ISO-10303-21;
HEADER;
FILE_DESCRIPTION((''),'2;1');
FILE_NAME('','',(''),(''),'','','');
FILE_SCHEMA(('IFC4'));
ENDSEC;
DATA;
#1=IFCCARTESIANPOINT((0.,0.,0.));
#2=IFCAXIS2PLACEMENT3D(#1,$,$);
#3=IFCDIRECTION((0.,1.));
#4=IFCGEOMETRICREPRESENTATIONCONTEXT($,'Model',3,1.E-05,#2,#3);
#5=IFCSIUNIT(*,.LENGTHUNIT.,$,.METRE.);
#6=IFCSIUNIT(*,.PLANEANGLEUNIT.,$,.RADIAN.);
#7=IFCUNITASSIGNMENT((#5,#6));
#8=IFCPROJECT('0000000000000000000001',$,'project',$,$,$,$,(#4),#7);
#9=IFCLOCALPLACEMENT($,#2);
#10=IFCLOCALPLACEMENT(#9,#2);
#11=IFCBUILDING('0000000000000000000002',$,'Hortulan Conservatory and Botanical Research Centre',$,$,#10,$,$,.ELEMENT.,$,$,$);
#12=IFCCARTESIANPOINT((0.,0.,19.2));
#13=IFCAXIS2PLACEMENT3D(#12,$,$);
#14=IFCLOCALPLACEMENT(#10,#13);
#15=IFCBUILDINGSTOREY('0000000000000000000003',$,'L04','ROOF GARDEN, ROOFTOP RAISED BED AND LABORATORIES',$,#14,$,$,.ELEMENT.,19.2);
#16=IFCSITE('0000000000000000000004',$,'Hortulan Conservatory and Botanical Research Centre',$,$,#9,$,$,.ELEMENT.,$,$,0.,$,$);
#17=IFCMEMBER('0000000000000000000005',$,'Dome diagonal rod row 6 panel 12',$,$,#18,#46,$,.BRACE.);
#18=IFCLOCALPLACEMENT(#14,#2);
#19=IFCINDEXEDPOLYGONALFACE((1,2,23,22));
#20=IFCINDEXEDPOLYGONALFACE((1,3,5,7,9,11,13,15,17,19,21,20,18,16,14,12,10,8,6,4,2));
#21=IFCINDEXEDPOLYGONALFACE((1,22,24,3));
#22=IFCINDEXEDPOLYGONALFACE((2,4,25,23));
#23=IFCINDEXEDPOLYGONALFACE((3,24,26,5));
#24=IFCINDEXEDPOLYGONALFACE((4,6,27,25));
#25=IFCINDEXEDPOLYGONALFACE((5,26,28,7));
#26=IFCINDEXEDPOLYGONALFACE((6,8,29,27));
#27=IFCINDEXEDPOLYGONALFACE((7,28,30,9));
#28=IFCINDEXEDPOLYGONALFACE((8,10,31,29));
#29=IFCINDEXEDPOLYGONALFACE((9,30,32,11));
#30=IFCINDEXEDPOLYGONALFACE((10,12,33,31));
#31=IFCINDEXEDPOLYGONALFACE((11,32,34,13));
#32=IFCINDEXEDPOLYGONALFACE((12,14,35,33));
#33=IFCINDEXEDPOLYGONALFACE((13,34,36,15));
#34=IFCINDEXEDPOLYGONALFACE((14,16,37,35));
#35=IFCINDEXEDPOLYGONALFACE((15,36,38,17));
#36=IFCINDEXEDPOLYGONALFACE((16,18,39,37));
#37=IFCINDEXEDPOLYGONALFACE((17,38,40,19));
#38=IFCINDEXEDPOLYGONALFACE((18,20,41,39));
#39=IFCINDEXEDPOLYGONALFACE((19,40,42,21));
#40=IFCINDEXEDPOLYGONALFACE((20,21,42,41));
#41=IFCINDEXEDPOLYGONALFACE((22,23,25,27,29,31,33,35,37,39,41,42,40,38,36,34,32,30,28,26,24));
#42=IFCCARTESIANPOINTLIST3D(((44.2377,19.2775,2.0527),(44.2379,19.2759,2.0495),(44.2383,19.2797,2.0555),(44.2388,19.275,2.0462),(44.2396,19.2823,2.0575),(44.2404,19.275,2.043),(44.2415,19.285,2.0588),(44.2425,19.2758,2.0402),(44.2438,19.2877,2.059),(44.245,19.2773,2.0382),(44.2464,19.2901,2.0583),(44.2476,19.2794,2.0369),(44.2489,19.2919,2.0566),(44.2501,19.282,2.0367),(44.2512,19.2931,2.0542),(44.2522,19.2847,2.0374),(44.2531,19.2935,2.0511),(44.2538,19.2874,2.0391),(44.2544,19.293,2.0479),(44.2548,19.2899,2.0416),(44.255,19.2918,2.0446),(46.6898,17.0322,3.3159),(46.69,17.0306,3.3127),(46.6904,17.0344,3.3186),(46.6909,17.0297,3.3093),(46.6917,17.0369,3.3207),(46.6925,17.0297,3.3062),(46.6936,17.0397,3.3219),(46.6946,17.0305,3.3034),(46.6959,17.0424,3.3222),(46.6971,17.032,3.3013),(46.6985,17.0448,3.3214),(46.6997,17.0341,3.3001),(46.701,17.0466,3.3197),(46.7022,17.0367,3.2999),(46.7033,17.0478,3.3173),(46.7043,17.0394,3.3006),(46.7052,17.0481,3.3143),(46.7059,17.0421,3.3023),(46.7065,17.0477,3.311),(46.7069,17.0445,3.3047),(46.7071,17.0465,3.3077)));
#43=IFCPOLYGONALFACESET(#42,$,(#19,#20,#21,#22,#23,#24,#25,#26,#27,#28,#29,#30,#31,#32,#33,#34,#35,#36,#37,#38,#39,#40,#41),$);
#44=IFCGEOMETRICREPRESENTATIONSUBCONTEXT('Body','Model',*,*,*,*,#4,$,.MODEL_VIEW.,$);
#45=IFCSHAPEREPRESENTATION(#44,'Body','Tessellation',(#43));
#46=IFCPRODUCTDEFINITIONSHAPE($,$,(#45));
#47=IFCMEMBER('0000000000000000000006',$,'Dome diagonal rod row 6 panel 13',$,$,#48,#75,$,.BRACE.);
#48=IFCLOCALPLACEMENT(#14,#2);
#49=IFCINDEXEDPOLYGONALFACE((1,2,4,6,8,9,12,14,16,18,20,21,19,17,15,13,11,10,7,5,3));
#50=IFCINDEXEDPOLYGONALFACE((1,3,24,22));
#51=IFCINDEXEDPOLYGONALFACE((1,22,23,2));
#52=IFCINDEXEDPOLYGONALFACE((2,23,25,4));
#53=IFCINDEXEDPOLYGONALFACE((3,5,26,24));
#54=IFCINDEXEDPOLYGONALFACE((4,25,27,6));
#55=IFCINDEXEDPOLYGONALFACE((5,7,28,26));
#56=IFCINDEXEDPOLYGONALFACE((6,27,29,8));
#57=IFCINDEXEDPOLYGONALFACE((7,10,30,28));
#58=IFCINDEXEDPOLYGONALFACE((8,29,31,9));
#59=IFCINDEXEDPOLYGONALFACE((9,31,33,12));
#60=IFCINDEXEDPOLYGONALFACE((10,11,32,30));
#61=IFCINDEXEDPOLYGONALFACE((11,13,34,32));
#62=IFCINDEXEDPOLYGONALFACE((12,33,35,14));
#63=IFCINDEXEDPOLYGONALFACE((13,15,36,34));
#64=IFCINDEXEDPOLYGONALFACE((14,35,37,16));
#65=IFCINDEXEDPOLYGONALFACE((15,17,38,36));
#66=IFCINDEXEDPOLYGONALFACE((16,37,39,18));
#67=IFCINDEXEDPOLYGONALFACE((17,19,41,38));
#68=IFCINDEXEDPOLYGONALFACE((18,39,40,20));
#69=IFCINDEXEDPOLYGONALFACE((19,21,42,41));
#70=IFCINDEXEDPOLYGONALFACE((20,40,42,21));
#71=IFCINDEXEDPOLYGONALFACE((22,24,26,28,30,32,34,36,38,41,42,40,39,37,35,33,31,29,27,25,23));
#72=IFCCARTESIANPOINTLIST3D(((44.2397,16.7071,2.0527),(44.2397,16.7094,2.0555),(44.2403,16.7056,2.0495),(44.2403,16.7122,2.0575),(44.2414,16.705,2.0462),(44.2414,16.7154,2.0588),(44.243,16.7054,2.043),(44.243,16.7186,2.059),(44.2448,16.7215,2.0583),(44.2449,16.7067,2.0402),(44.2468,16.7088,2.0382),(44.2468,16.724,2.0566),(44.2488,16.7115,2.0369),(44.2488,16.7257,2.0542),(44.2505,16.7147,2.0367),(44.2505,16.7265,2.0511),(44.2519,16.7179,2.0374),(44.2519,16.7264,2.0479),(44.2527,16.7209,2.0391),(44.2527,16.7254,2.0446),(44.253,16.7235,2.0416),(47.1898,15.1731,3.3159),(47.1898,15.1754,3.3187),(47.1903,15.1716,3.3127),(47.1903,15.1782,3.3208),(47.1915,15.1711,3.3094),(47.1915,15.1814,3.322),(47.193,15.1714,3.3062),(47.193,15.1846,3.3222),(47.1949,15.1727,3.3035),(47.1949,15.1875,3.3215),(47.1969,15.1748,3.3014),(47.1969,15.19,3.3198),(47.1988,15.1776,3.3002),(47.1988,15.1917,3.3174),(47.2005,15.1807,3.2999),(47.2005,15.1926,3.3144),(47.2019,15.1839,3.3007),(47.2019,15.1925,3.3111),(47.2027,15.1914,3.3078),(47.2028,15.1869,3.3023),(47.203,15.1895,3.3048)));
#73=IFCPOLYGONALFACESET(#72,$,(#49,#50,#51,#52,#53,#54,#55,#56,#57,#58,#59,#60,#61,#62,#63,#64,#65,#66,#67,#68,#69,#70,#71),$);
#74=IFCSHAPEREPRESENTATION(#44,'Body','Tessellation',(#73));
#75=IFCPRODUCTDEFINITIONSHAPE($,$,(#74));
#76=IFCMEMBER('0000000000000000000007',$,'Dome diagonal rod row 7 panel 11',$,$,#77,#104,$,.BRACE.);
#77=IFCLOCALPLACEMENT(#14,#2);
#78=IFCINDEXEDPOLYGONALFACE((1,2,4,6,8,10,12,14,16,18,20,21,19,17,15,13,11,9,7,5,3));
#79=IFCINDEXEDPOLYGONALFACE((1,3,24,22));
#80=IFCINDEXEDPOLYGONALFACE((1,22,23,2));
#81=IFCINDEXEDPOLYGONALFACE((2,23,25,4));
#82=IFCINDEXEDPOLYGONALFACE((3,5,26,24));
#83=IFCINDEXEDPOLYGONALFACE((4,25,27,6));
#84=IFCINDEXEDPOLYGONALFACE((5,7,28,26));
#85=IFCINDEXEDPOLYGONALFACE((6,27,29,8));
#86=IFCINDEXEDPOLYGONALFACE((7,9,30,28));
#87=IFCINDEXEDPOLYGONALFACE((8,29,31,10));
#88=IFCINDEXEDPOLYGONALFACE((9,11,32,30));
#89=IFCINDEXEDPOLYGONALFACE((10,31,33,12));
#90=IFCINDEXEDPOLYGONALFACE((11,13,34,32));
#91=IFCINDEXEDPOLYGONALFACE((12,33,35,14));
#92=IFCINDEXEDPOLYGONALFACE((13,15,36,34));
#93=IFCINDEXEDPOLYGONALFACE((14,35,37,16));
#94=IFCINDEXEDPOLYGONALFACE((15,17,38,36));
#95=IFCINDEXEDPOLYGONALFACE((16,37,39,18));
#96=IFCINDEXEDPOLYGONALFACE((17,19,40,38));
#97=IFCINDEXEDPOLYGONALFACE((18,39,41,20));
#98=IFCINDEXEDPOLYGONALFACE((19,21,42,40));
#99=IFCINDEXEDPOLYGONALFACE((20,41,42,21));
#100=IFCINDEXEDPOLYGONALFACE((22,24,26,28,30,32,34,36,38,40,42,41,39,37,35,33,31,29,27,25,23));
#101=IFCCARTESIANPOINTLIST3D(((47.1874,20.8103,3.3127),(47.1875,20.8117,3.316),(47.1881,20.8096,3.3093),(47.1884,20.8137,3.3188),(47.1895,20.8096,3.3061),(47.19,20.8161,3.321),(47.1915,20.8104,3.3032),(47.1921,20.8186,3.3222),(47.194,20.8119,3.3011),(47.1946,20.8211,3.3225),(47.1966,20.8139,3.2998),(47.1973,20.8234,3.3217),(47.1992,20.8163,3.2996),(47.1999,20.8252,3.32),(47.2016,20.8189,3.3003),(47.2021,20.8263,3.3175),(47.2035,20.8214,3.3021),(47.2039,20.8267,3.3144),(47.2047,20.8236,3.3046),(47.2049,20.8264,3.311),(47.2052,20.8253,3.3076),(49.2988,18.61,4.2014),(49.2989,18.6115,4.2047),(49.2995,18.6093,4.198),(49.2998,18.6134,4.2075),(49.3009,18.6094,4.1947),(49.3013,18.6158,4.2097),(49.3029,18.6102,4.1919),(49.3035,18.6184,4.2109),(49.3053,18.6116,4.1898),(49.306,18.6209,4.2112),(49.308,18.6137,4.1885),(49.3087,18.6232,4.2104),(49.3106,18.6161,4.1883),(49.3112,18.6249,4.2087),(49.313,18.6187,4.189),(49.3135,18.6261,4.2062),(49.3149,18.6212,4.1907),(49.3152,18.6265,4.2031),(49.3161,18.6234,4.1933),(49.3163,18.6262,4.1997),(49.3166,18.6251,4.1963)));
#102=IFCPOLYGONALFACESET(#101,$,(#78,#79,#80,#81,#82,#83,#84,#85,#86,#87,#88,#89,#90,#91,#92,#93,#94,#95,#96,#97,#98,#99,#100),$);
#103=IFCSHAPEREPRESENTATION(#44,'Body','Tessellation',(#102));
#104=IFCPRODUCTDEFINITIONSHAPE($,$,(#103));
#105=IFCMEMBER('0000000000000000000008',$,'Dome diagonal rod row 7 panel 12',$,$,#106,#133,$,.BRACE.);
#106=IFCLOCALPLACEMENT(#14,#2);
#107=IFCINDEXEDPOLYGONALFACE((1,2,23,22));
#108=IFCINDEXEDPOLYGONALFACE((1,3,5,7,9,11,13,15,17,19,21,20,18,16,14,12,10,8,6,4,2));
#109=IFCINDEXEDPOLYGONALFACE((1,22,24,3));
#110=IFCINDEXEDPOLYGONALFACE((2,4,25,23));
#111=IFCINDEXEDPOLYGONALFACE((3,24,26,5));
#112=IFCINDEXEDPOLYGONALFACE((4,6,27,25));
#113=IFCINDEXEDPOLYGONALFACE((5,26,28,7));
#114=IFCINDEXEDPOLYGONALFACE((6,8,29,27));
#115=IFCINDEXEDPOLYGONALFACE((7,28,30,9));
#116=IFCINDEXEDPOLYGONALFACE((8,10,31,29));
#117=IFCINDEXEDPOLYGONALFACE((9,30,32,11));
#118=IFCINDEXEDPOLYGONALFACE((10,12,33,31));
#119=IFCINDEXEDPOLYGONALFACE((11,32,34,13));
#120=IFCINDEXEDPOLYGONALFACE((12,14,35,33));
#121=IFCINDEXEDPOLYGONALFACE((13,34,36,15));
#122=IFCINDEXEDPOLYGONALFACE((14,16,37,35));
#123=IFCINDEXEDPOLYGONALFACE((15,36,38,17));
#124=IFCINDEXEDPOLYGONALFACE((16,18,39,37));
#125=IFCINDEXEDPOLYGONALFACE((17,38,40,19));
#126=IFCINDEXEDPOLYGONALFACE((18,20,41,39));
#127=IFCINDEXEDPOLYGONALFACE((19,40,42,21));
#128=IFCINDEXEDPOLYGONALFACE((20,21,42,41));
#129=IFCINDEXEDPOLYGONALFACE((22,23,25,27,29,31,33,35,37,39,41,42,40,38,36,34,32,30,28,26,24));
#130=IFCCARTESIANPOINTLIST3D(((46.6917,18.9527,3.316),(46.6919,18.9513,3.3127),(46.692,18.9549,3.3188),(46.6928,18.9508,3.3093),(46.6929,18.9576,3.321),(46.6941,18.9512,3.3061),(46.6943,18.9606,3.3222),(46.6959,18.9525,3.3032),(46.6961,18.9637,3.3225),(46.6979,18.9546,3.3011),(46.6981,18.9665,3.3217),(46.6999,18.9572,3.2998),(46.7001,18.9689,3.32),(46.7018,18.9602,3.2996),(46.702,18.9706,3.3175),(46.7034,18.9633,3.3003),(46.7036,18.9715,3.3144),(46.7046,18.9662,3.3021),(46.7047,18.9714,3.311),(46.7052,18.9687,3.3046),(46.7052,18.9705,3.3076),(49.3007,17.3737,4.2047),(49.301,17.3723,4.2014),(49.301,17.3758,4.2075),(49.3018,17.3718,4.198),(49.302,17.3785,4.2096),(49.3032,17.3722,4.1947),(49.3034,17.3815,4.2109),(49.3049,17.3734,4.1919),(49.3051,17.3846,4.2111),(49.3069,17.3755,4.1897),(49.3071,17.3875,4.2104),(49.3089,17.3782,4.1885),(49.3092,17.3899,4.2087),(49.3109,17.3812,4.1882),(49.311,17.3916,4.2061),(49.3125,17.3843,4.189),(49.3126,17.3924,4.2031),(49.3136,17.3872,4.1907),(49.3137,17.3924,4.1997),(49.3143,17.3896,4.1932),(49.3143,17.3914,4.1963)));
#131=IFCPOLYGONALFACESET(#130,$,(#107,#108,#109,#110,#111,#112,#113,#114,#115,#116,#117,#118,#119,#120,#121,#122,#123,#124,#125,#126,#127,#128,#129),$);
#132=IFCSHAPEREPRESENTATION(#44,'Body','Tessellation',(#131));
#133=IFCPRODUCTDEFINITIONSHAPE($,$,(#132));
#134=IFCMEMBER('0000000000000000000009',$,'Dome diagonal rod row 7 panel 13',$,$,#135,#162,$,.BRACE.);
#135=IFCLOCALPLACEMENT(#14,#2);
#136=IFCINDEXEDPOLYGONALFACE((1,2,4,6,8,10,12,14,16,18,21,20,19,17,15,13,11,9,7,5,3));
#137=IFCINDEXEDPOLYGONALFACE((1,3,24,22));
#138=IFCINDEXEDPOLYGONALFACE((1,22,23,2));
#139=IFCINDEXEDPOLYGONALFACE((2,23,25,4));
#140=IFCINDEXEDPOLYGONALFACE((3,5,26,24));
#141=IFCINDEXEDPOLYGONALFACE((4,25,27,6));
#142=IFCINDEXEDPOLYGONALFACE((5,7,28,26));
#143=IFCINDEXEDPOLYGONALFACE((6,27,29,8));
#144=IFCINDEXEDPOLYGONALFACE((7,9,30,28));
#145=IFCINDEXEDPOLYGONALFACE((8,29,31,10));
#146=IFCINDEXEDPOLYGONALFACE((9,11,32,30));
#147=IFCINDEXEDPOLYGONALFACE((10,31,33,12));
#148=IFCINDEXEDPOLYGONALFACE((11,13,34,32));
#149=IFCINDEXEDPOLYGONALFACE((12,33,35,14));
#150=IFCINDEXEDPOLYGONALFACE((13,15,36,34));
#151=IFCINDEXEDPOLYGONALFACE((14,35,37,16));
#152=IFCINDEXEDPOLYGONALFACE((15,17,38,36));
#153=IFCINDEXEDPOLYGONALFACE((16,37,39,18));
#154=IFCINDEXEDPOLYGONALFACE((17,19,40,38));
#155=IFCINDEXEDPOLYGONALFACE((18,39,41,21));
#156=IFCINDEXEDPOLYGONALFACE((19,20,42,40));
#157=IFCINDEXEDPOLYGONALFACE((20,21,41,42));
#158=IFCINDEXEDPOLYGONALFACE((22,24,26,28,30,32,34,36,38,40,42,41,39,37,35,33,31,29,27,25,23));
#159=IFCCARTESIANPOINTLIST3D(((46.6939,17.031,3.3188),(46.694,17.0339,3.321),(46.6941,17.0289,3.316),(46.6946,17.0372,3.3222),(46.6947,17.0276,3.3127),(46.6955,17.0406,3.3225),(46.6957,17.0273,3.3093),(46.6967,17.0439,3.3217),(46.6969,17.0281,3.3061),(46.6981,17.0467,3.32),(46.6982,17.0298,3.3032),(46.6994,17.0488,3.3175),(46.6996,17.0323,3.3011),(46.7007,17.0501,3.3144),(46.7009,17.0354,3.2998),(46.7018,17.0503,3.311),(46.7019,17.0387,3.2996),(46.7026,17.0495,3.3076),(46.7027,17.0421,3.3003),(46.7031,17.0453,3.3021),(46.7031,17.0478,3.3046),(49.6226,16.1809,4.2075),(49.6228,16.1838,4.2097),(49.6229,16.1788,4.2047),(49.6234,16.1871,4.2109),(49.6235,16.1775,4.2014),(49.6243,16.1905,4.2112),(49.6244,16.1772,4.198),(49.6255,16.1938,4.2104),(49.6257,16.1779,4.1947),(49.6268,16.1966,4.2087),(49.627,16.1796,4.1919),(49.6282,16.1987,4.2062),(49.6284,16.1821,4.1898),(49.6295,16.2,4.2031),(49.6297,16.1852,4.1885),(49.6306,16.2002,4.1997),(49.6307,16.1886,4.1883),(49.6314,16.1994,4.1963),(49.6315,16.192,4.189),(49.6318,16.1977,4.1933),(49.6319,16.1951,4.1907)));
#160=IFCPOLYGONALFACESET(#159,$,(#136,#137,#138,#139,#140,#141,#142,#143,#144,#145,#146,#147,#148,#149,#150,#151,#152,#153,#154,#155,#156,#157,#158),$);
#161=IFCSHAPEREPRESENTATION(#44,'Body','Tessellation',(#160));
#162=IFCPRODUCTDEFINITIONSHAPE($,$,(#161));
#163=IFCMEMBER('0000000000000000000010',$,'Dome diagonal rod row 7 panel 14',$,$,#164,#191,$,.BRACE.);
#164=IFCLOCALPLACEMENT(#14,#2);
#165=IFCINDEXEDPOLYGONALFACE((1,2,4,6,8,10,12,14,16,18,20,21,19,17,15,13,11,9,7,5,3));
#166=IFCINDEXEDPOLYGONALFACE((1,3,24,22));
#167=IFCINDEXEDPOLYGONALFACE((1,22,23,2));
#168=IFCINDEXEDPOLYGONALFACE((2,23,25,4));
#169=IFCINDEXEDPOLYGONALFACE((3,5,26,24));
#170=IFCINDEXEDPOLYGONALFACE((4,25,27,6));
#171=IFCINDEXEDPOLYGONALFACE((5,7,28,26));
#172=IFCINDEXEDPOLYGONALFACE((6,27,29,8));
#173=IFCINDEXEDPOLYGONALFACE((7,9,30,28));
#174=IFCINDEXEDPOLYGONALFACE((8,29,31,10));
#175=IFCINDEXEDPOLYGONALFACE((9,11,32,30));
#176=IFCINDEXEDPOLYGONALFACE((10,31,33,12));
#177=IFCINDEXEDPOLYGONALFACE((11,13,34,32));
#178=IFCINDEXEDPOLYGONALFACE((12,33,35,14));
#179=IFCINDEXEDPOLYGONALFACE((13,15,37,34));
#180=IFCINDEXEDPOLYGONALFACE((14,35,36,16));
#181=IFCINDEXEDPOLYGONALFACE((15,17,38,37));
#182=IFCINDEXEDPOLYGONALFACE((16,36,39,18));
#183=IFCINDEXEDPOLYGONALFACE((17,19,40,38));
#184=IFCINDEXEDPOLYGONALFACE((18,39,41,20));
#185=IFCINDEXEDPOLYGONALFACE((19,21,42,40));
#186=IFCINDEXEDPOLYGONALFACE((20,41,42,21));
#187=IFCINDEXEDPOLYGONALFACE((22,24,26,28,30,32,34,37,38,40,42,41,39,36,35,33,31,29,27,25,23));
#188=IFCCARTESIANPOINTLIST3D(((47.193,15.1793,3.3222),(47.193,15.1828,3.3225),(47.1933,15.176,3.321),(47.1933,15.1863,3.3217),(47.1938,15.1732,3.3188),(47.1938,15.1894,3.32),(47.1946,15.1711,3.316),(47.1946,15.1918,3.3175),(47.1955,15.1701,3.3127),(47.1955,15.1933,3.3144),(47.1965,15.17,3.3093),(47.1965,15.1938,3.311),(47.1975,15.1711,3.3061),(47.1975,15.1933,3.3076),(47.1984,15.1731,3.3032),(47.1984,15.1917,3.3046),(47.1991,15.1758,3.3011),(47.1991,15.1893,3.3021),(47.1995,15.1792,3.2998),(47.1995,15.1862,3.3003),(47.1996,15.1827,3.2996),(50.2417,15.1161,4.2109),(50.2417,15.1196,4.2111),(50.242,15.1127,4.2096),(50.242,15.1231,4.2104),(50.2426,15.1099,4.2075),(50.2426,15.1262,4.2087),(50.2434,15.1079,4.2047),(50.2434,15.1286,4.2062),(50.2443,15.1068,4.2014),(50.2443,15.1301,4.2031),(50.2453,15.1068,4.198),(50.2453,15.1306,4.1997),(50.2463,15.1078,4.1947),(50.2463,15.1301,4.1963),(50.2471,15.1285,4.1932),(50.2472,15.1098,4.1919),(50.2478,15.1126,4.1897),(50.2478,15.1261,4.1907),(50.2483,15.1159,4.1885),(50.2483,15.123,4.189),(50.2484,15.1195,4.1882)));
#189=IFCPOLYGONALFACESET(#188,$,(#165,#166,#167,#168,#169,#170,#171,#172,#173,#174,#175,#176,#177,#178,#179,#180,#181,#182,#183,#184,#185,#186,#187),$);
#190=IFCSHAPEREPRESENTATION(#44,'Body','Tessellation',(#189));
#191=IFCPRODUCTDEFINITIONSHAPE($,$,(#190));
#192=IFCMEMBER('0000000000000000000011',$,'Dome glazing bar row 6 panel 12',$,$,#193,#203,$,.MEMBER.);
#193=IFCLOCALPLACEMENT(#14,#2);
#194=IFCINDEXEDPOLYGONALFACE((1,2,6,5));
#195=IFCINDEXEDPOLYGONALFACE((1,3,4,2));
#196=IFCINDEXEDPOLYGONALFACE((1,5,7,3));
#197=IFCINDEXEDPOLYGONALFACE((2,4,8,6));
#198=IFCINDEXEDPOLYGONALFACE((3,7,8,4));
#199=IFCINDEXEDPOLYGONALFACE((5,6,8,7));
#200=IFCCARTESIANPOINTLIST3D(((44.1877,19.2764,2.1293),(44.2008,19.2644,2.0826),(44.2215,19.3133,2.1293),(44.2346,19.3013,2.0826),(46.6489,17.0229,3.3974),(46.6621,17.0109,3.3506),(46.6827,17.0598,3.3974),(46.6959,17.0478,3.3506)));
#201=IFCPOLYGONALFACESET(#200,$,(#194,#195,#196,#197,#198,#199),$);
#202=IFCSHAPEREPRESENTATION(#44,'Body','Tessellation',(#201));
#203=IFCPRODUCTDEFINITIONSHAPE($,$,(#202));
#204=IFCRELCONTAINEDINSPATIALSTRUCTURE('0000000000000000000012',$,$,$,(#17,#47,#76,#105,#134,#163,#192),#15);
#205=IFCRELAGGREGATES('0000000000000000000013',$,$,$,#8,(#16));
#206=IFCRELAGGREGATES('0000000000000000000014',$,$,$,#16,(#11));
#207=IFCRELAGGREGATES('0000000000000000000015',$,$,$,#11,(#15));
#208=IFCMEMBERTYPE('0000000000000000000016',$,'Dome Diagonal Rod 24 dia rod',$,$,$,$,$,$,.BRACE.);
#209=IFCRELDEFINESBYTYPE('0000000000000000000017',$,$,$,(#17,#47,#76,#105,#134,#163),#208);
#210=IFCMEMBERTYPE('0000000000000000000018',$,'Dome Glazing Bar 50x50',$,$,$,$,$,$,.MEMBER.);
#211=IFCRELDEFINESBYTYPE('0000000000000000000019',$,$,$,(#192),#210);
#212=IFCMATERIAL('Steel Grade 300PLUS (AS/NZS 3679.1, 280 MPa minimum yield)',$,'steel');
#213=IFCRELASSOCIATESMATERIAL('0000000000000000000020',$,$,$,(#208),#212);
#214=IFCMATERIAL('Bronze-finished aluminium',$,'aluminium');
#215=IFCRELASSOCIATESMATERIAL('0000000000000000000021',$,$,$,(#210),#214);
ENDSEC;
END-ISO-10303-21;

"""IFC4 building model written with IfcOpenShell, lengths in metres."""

from ifc_helpers import new_model, si_unit, direction, frame, origin, origin_2d, place, context, subcontext, project, spatial, rectangle, circle, extrude, material, material_profile, profile_set, type_object, element, save


model = new_model("IFC4")

# Units and contexts
model_context = context("Model", 3, precision=1e-05, world=origin(), true_north=direction((0.0, 1.0)))
body_context = subcontext(model_context, "Body", "Model", "MODEL_VIEW")
ifc_project = project(units=[si_unit("LENGTHUNIT", "METRE"), si_unit("PLANEANGLEUNIT", "RADIAN")], contexts=[model_context])

# Site, building, storey
site_placement = place(None, origin())
site = spatial("IfcSite", under=ifc_project, at=site_placement, Name="Hortulan Conservatory and Botanical Research Centre", CompositionType="ELEMENT", RefElevation=0.0)
building_placement = place(site_placement, origin())
building = spatial("IfcBuilding", under=site, at=building_placement, Name="Hortulan Conservatory and Botanical Research Centre", CompositionType="ELEMENT")
storey_placement = place(building_placement, frame((0.0, 0.0, 19.2)))
storey = spatial("IfcBuildingStorey", under=building, at=storey_placement, Name="L04", Description="ROOF GARDEN, ROOFTOP RAISED BED AND LABORATORIES", CompositionType="ELEMENT", Elevation=19.2)

# Members
ifc_material_1 = material(Name="Steel Grade 300PLUS (AS/NZS 3679.1, 280 MPa minimum yield)", Category="steel")
ifc_material_profile_1 = material_profile(ifc_material_1, circle(Radius=0.012, at=origin_2d()), Name="24 dia rod")
ifc_profile_set_1 = profile_set([ifc_material_profile_1], Name="Steel Grade 300PLUS (AS/NZS 3679.1, 280 MPa minimum yield)")
member_type_1 = type_object("IfcMemberType", Name="Dome Diagonal Rod 24 dia rod", PredefinedType="BRACE", material=ifc_profile_set_1)
member_1_placement = place(storey_placement, frame((44.2463, 19.2842, 2.0479), z_axis=(0.689439, -0.6313, 0.355153), x_axis=(0.675326, 0.73752, 0.0)))
element("IfcMember", 1, at=member_1_placement, inside=storey, type_object=member_type_1, Name="Dome diagonal rod row 6 panel 12", PredefinedType="BRACE", context=body_context, shape_type="SweptSolid", body=[
    extrude(circle(Radius=0.012, at=origin_2d()), origin(), (0.0, 0.0, 1.0), 3.5566),
])
member_2_placement = place(storey_placement, frame((44.2463, 16.7158, 2.0479), z_axis=(0.829384, -0.431269, 0.355146), x_axis=(0.461343, 0.887222, 0.0)))
element("IfcMember", 2, at=member_2_placement, inside=storey, type_object=member_type_1, Name="Dome diagonal rod row 6 panel 13", PredefinedType="BRACE", context=body_context, shape_type="SweptSolid", body=[
    extrude(circle(Radius=0.012, at=origin_2d()), origin(), (0.0, 0.0, 1.0), 3.5569),
])
member_3_placement = place(storey_placement, frame((47.1963, 20.8181, 3.311), z_axis=(0.664732, -0.692711, 0.27979), x_axis=(0.721528, 0.692385, 0.0)))
element("IfcMember", 3, at=member_3_placement, inside=storey, type_object=member_type_1, Name="Dome diagonal rod row 7 panel 11", PredefinedType="BRACE", context=body_context, shape_type="SweptSolid", body=[
    extrude(circle(Radius=0.012, at=origin_2d()), origin(), (0.0, 0.0, 1.0), 3.1763),
])
for number, where, z_axis, x_axis, name in (
    (4, (46.6985, 18.9612, 3.311), (0.821357, -0.497102, 0.279755), (0.517776, 0.855516, 0.0), "Dome diagonal rod row 7 panel 12"),
    (5, (46.6985, 17.0388, 3.311), (0.922011, -0.267626, 0.27977), (0.278758, 0.960361, 0.0), "Dome diagonal rod row 7 panel 13"),
):
    element("IfcMember", number, at=place(storey_placement, frame(where, z_axis=z_axis, x_axis=x_axis)), inside=storey, type_object=member_type_1, Name=name, PredefinedType="BRACE", context=body_context, shape_type="SweptSolid", body=[
        extrude(circle(Radius=0.012, at=origin_2d()), origin(), (0.0, 0.0, 1.0), 3.1765),
    ])
member_4_placement = place(storey_placement, frame((47.1963, 15.1819, 3.311), z_axis=(0.959858, -0.019907, 0.279779), x_axis=(0.020735, 0.999785, 0.0)))
element("IfcMember", 6, at=member_4_placement, inside=storey, type_object=member_type_1, Name="Dome diagonal rod row 7 panel 14", PredefinedType="BRACE", context=body_context, shape_type="SweptSolid", body=[
    extrude(circle(Radius=0.012, at=origin_2d()), origin(), (0.0, 0.0, 1.0), 3.1763),
])
ifc_material_2 = material(Name="Bronze-finished aluminium", Category="aluminium")
ifc_material_profile_2 = material_profile(ifc_material_2, rectangle(XDim=0.05, YDim=0.05, at=origin_2d()), Name="Square bar 50x50")
ifc_profile_set_2 = profile_set([ifc_material_profile_2], Name="Bronze-finished aluminium")
member_type_2 = type_object("IfcMemberType", Name="Dome Glazing Bar 50x50", PredefinedType="MEMBER", material=ifc_profile_set_2)
member_5_placement = place(storey_placement, frame((44.2112, 19.2888, 2.106), z_axis=(0.68945, -0.631249, 0.355223), x_axis=(0.675291, 0.737552, 0.0)))
element("IfcMember", 7, at=member_5_placement, inside=storey, type_object=member_type_2, Name="Dome glazing bar row 6 panel 12", PredefinedType="MEMBER", context=body_context, shape_type="SweptSolid", body=[
    extrude(rectangle(XDim=0.05, YDim=0.05, at=origin_2d()), origin(), (0.0, 0.0, 1.0), 3.5698),
])

save(model, "model.ifc")
